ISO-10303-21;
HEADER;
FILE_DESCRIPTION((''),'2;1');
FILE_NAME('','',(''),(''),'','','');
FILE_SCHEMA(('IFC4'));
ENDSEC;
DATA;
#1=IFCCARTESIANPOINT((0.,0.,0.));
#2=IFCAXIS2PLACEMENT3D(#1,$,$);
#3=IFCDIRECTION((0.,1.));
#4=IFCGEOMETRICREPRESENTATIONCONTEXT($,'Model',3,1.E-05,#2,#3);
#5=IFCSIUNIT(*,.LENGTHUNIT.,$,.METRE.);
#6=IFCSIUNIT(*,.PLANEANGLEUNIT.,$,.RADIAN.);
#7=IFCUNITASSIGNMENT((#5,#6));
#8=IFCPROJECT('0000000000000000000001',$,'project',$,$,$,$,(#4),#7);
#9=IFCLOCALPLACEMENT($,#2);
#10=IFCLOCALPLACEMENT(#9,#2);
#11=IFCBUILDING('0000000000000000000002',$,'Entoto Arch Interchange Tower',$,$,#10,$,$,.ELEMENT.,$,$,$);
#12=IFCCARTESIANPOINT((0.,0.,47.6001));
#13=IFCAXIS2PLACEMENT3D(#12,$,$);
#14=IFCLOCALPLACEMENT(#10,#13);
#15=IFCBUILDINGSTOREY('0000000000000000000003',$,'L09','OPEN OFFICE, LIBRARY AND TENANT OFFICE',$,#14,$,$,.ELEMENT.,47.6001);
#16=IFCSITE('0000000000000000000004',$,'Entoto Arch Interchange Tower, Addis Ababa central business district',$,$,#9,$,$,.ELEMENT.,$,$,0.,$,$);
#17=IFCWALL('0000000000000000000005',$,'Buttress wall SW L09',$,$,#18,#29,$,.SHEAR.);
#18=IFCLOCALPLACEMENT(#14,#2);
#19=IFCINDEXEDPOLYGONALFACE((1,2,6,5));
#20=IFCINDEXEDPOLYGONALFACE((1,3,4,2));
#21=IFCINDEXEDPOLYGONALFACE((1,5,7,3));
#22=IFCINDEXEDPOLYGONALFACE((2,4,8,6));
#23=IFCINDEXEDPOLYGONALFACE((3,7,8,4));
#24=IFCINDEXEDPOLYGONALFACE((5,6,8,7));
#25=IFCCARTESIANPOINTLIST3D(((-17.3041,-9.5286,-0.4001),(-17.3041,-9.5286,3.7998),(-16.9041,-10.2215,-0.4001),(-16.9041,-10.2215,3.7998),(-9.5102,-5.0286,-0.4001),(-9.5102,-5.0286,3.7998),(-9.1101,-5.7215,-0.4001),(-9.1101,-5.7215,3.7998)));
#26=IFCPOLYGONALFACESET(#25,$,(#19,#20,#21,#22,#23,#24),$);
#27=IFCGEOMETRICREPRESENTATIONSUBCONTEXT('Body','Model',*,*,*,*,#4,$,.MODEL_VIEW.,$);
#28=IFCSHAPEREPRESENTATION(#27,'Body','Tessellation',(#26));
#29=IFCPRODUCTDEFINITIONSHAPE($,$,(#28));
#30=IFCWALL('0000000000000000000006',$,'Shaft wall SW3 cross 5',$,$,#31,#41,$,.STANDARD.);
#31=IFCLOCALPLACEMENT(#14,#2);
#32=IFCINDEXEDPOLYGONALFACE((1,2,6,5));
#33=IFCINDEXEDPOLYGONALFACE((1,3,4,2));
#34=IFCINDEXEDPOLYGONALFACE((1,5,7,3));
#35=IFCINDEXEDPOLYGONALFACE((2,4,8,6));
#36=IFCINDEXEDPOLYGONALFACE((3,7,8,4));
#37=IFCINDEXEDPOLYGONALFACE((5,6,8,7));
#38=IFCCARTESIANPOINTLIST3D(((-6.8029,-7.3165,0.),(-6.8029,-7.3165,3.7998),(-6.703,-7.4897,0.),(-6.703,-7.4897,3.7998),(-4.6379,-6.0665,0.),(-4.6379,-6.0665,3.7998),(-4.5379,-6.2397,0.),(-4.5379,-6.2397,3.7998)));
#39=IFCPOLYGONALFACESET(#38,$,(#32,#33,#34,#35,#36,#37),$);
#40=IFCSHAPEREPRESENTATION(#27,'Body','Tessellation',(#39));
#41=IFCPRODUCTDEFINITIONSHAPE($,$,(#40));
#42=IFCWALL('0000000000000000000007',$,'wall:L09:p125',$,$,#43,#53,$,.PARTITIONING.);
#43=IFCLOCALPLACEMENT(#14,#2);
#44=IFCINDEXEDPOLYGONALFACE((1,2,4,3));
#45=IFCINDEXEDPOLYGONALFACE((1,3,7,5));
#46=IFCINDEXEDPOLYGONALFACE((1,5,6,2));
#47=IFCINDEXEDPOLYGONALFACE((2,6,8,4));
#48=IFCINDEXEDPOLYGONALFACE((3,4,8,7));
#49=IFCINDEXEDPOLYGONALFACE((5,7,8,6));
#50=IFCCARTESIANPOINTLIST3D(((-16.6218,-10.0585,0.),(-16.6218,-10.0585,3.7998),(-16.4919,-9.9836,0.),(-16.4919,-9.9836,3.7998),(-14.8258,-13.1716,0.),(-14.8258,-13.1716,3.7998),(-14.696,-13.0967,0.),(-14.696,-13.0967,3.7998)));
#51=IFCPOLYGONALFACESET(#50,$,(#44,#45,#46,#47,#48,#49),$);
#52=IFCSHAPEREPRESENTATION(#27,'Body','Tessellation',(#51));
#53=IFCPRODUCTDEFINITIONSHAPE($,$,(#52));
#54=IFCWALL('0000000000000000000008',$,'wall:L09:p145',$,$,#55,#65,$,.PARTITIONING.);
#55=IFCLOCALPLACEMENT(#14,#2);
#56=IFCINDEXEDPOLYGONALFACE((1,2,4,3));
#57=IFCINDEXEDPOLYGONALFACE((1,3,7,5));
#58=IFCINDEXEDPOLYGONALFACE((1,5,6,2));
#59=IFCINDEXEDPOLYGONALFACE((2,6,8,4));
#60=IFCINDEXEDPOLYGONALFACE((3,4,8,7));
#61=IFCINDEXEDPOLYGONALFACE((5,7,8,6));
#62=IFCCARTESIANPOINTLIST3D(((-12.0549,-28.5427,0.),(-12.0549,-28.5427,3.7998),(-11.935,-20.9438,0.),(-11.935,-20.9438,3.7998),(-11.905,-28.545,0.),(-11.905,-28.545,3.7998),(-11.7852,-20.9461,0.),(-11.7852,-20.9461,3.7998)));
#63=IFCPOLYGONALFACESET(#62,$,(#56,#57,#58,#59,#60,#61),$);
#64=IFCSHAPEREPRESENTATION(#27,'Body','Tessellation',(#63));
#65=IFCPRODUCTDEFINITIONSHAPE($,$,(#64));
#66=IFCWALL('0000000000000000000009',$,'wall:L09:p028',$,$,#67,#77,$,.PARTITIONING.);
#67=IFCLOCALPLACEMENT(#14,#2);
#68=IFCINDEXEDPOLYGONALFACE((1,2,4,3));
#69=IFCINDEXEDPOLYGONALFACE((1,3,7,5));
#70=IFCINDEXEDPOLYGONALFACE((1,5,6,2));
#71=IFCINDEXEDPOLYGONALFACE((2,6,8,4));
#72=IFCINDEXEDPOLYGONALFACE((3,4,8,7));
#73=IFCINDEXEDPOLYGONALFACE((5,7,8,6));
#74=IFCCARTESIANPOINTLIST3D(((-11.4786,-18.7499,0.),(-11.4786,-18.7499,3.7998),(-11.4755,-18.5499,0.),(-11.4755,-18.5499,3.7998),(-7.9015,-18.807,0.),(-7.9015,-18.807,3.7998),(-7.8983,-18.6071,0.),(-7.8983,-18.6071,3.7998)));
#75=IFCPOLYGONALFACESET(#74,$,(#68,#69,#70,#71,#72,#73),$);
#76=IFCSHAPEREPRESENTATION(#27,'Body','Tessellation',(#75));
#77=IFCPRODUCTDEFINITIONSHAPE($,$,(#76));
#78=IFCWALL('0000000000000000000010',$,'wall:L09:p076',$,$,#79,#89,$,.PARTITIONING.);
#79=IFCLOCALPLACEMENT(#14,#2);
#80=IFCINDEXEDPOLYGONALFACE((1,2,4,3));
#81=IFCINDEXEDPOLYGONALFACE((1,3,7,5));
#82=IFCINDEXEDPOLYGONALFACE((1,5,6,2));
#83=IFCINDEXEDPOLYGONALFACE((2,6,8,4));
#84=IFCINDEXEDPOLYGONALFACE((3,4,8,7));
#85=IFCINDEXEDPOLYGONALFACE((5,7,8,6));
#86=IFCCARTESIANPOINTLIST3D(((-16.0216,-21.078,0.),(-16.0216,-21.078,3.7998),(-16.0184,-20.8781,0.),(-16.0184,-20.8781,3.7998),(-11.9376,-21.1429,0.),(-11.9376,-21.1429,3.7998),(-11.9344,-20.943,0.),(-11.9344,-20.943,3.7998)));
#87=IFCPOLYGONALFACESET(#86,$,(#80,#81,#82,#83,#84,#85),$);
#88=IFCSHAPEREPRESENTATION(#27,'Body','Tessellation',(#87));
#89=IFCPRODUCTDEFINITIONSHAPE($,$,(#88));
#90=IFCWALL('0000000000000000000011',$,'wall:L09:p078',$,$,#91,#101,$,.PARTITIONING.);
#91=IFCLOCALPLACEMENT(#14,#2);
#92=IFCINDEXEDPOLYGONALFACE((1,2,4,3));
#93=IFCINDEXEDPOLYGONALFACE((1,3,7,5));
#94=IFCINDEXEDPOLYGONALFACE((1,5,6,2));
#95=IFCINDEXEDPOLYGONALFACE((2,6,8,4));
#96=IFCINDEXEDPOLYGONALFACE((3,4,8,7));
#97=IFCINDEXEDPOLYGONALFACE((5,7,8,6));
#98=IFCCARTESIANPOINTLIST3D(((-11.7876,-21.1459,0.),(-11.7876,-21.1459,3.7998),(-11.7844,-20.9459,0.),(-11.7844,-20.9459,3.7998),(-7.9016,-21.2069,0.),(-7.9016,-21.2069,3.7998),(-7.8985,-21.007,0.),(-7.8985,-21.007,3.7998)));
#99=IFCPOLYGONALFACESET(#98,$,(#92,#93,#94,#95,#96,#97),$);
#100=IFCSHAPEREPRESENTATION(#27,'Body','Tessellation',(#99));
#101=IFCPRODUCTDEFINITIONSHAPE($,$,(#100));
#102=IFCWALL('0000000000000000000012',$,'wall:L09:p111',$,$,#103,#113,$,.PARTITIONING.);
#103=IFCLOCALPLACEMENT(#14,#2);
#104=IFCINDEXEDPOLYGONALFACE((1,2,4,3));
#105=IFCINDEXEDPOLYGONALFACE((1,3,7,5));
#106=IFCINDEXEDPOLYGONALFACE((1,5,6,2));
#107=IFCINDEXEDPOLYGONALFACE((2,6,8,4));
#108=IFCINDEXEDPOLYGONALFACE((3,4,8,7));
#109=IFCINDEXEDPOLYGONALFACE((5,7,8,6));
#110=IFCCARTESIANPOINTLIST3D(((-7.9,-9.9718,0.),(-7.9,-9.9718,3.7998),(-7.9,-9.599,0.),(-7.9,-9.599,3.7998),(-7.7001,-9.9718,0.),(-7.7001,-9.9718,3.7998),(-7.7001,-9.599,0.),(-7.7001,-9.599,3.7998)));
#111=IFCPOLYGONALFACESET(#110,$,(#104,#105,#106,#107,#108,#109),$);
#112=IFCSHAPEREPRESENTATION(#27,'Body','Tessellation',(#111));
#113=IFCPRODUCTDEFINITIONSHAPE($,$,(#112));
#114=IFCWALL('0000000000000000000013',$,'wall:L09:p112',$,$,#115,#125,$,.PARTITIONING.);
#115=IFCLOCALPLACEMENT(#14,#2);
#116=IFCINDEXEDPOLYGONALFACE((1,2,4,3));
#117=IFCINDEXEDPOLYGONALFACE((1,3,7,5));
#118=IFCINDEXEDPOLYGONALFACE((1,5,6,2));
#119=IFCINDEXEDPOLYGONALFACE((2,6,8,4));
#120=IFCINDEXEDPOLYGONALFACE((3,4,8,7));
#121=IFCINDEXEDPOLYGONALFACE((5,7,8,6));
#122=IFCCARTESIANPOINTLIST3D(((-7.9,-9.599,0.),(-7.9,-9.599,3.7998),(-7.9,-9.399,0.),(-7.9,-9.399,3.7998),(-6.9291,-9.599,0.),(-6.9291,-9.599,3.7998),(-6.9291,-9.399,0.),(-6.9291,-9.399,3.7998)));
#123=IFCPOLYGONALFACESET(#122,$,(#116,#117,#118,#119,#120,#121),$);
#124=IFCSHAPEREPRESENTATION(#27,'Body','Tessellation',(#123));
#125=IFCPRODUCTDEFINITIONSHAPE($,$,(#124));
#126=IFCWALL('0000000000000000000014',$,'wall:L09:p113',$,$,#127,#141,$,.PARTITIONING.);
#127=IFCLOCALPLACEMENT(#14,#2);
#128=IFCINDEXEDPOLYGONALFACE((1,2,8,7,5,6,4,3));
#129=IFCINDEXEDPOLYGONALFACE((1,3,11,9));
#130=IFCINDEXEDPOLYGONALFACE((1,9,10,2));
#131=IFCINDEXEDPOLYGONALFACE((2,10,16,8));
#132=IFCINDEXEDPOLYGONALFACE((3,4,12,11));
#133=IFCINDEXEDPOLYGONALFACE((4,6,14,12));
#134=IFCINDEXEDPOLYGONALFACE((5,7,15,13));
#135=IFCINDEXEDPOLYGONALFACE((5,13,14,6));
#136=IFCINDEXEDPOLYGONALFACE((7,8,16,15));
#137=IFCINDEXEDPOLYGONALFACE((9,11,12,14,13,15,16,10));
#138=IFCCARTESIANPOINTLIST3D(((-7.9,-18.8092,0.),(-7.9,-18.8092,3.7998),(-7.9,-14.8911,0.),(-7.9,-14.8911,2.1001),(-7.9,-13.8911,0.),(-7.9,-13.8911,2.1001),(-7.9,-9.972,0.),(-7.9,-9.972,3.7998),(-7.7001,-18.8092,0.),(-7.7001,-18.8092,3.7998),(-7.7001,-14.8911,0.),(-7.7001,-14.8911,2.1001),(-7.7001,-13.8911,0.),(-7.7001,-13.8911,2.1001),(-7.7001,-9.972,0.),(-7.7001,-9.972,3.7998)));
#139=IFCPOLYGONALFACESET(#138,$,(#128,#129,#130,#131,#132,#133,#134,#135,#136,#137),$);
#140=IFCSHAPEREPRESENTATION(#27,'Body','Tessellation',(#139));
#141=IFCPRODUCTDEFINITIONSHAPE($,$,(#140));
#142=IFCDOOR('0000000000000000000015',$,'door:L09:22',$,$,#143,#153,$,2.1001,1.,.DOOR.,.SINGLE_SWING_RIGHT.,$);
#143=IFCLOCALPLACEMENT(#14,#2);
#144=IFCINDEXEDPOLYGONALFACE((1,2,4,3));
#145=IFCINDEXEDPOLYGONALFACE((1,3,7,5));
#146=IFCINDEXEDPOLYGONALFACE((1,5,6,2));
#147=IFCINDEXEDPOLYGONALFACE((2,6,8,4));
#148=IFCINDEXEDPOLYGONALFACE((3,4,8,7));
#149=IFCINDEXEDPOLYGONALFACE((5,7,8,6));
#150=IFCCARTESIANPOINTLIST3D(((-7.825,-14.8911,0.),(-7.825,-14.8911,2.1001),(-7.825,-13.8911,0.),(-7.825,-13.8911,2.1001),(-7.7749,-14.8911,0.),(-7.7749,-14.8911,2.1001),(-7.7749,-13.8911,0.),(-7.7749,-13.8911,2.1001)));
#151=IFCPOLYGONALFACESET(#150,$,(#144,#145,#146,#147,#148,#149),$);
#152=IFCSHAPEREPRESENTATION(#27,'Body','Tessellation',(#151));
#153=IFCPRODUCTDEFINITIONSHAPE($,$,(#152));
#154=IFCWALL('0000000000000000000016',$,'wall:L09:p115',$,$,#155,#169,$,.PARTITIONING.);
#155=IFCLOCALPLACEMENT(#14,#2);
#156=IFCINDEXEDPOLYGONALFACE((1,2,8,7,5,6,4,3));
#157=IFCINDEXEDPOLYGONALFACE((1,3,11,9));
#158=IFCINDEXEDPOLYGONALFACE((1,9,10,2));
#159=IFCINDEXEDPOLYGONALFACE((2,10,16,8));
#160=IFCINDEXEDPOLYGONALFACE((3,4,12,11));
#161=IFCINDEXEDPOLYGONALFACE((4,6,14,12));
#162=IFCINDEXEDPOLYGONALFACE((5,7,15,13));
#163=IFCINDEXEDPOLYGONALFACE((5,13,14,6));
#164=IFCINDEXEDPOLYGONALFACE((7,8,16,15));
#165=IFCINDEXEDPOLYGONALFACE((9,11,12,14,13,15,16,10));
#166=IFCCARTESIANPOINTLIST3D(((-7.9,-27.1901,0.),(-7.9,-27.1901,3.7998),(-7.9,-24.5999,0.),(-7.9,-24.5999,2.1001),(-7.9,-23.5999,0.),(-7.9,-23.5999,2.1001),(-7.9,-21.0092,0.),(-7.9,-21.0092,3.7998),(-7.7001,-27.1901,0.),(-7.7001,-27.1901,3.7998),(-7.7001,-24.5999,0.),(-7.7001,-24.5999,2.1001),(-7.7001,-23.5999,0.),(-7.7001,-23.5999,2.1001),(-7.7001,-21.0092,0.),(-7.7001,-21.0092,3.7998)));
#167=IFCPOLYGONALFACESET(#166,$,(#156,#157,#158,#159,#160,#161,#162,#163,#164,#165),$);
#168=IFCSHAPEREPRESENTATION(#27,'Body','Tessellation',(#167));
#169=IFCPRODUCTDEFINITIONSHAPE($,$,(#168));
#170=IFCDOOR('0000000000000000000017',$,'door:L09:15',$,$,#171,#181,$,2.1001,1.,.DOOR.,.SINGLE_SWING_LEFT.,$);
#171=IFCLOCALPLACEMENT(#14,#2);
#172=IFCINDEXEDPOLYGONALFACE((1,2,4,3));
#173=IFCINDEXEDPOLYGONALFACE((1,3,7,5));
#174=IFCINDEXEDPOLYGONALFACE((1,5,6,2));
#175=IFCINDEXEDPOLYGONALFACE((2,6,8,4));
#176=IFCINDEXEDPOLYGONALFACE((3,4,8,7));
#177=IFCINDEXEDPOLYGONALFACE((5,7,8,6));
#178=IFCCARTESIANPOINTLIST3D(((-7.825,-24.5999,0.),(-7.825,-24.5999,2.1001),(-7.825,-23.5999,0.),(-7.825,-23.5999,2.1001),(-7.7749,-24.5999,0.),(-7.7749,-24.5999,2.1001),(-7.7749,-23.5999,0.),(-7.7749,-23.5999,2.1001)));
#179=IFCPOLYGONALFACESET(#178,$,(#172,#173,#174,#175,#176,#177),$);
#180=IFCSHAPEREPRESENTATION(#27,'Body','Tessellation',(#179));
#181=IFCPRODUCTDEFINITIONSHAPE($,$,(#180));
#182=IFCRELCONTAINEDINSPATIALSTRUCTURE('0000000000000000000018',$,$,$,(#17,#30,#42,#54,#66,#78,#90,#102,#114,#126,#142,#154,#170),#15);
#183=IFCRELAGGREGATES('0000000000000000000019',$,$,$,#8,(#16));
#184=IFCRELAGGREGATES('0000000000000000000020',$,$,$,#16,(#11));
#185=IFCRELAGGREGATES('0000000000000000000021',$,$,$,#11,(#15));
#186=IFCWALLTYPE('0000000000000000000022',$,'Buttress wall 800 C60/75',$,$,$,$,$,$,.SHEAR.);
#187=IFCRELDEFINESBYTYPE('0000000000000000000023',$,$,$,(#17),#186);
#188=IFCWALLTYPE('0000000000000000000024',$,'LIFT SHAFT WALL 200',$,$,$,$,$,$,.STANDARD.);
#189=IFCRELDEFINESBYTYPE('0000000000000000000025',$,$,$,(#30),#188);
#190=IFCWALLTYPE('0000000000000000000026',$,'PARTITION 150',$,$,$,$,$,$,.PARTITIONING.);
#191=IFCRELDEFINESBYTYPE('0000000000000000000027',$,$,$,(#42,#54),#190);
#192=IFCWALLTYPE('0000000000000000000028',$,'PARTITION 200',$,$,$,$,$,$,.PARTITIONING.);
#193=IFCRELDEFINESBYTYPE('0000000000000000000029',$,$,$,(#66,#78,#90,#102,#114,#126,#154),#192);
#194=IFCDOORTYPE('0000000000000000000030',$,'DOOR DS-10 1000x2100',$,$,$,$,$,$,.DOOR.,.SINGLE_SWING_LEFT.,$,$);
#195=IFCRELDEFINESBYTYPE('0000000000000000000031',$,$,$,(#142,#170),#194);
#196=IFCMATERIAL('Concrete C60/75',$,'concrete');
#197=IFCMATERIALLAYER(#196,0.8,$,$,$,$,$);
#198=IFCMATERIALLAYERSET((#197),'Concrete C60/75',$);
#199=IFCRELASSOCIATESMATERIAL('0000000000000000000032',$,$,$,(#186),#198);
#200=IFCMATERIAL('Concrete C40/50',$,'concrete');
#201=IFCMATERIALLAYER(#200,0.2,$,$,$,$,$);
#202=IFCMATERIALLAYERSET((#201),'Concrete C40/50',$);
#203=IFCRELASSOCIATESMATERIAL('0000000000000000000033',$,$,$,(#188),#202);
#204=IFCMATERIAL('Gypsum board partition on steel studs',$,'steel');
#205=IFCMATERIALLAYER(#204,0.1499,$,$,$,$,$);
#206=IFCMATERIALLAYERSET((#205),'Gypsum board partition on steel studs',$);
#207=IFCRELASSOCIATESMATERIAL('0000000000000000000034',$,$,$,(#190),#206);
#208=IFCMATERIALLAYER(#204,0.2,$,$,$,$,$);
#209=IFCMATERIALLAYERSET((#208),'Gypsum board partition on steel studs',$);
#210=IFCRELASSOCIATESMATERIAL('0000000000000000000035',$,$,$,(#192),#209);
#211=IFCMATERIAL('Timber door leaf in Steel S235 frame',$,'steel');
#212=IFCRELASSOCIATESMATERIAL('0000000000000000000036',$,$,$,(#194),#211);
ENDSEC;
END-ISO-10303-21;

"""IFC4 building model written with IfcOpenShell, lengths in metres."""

from ifc_helpers import new_model, si_unit, direction, frame, frame_2d, origin, place, context, subcontext, project, spatial, rectangle, extrude, material, layer, layer_set, type_object, element, fill, save


model = new_model("IFC4")

# Units and contexts
model_context = context("Model", 3, precision=1e-05, world=origin(), true_north=direction((0.0, 1.0)))
body_context = subcontext(model_context, "Body", "Model", "MODEL_VIEW")
ifc_project = project(units=[si_unit("LENGTHUNIT", "METRE"), si_unit("PLANEANGLEUNIT", "RADIAN")], contexts=[model_context])

# Site, building, storey
site_placement = place(None, origin())
site = spatial("IfcSite", under=ifc_project, at=site_placement, Name="Entoto Arch Interchange Tower, Addis Ababa central business district", CompositionType="ELEMENT", RefElevation=0.0)
building_placement = place(site_placement, origin())
building = spatial("IfcBuilding", under=site, at=building_placement, Name="Entoto Arch Interchange Tower", CompositionType="ELEMENT")
storey_placement = place(building_placement, frame((0.0, 0.0, 47.6001)))
storey = spatial("IfcBuildingStorey", under=building, at=storey_placement, Name="L09", Description="OPEN OFFICE, LIBRARY AND TENANT OFFICE", CompositionType="ELEMENT", Elevation=47.6001)

# Shared definitions
ifc_material_1 = material(Name="Concrete C60/75", Category="concrete")

# Walls
ifc_layer_1 = layer(ifc_material_1, 0.8)
ifc_layer_set_1 = layer_set([ifc_layer_1], Name="Concrete C60/75")
wall_type_1 = type_object("IfcWallType", Name="Buttress wall 800 C60/75", PredefinedType="SHEAR", material=ifc_layer_set_1)
wall_1_placement = place(storey_placement, frame((-9.3101, -5.375, -0.4001), z_axis=(0.0, 0.0, 1.0), x_axis=(-0.866018, -0.500014, 0.0)))
element("IfcWall", 1, at=wall_1_placement, inside=storey, type_object=wall_type_1, Name="Buttress wall SW L09", PredefinedType="SHEAR", context=body_context, shape_type="SweptSolid", body=[
    extrude(rectangle(XDim=8.9998, YDim=0.8, at=frame_2d((4.5, 0.0))), origin(), (0.0, 0.0, 1.0), 4.2),
])
ifc_material_2 = material(Name="Concrete C40/50", Category="concrete")
ifc_layer_2 = layer(ifc_material_2, 0.2)
ifc_layer_set_2 = layer_set([ifc_layer_2], Name="Concrete C40/50")
wall_type_2 = type_object("IfcWallType", Name="LIFT SHAFT WALL 200", PredefinedType="STANDARD", material=ifc_layer_set_2)
wall_2_placement = place(storey_placement, frame((-4.5879, -6.1531, 0.0), z_axis=(0.0, 0.0, 1.0), x_axis=(-0.866023, -0.500004, 0.0)))
element("IfcWall", 2, at=wall_2_placement, inside=storey, type_object=wall_type_2, Name="Shaft wall SW3 cross 5", PredefinedType="STANDARD", context=body_context, shape_type="SweptSolid", body=[
    extrude(rectangle(XDim=2.5, YDim=0.2, at=frame_2d((1.25, 0.0))), origin(), (0.0, 0.0, 1.0), 3.7998),
])
ifc_material_3 = material(Name="Gypsum board partition on steel studs", Category="steel")
ifc_layer_3 = layer(ifc_material_3, 0.1499)
ifc_layer_set_3 = layer_set([ifc_layer_3], Name="Gypsum board partition on steel studs")
wall_type_3 = type_object("IfcWallType", Name="PARTITION 150", PredefinedType="PARTITIONING", material=ifc_layer_set_3)
wall_3_placement = place(storey_placement, frame((-14.761, -13.134, 0.0), z_axis=(0.0, 0.0, 1.0), x_axis=(-0.499705, 0.866196, 0.0)))
element("IfcWall", 3, at=wall_3_placement, inside=storey, type_object=wall_type_3, Name="wall:L09:p125", PredefinedType="PARTITIONING", context=body_context, shape_type="SweptSolid", body=[
    extrude(rectangle(XDim=3.594, YDim=0.1499, at=frame_2d((1.7969, 0.0))), origin(), (0.0, 0.0, 1.0), 3.7998),
])
wall_4_placement = place(storey_placement, frame((-11.8601, -20.9451, 0.0), z_axis=(0.0, 0.0, 1.0), x_axis=(-0.015773, -0.999876, 0.0)))
element("IfcWall", 4, at=wall_4_placement, inside=storey, type_object=wall_type_3, Name="wall:L09:p145", PredefinedType="PARTITIONING", context=body_context, shape_type="SweptSolid", body=[
    extrude(rectangle(XDim=7.5999, YDim=0.1499, at=frame_2d((3.7998, 0.0))), origin(), (0.0, 0.0, 1.0), 3.7998),
])
ifc_layer_4 = layer(ifc_material_3, 0.2)
ifc_layer_set_4 = layer_set([ifc_layer_4], Name="Gypsum board partition on steel studs")
wall_type_4 = type_object("IfcWallType", Name="PARTITION 200", PredefinedType="PARTITIONING", material=ifc_layer_set_4)
wall_5_placement = place(storey_placement, frame((-11.4771, -18.6499, 0.0), z_axis=(0.0, 0.0, 1.0), x_axis=(0.999872, -0.015968, 0.0)))
element("IfcWall", 5, at=wall_5_placement, inside=storey, type_object=wall_type_4, Name="wall:L09:p028", PredefinedType="PARTITIONING", context=body_context, shape_type="SweptSolid", body=[
    extrude(rectangle(XDim=3.5776, YDim=0.2, at=frame_2d((1.7888, 0.0))), origin(), (0.0, 0.0, 1.0), 3.7998),
])
wall_6_placement = place(storey_placement, frame((-11.936, -21.043, 0.0), z_axis=(0.0, 0.0, 1.0), x_axis=(-0.999874, 0.015899, 0.0)))
element("IfcWall", 6, at=wall_6_placement, inside=storey, type_object=wall_type_4, Name="wall:L09:p076", PredefinedType="PARTITIONING", context=body_context, shape_type="SweptSolid", body=[
    extrude(rectangle(XDim=4.0845, YDim=0.2, at=frame_2d((2.0422, 0.0))), origin(), (0.0, 0.0, 1.0), 3.7998),
])
wall_7_placement = place(storey_placement, frame((-7.8999, -21.1069, 0.0), z_axis=(0.0, 0.0, 1.0), x_axis=(-0.999877, 0.015705, 0.0)))
element("IfcWall", 7, at=wall_7_placement, inside=storey, type_object=wall_type_4, Name="wall:L09:p078", PredefinedType="PARTITIONING", context=body_context, shape_type="SweptSolid", body=[
    extrude(rectangle(XDim=3.8865, YDim=0.2, at=frame_2d((1.9434, 0.0))), origin(), (0.0, 0.0, 1.0), 3.7998),
])
wall_8_placement = place(storey_placement, frame((-7.8, -9.9719, 0.0), z_axis=(0.0, 0.0, 1.0), x_axis=(0.0, 1.0, 0.0)))
element("IfcWall", 8, at=wall_8_placement, inside=storey, type_object=wall_type_4, Name="wall:L09:p111", PredefinedType="PARTITIONING", context=body_context, shape_type="SweptSolid", body=[
    extrude(rectangle(XDim=0.3728, YDim=0.2, at=frame_2d((0.1865, 0.0))), origin(), (0.0, 0.0, 1.0), 3.7998),
])
wall_9_placement = place(storey_placement, frame((-7.8999, -9.499, 0.0), z_axis=(0.0, 0.0, 1.0), x_axis=(1.0, 0.0, 0.0)))
element("IfcWall", 9, at=wall_9_placement, inside=storey, type_object=wall_type_4, Name="wall:L09:p112", PredefinedType="PARTITIONING", context=body_context, shape_type="SweptSolid", body=[
    extrude(rectangle(XDim=0.9709, YDim=0.2, at=frame_2d((0.4854, 0.0))), origin(), (0.0, 0.0, 1.0), 3.7998),
])

# Walls, openings, doors
wall_10_placement = place(storey_placement, frame((-7.8, -18.8091, 0.0), z_axis=(0.0, 0.0, 1.0), x_axis=(0.0, 1.0, 0.0)))
wall_10 = element("IfcWall", 10, at=wall_10_placement, inside=storey, type_object=wall_type_4, Name="wall:L09:p113", PredefinedType="PARTITIONING", context=body_context, shape_type="SweptSolid", body=[
    extrude(rectangle(XDim=8.8372, YDim=0.2, at=frame_2d((4.4185, 0.0))), origin(), (0.0, 0.0, 1.0), 3.7998),
])
opening_1_placement = place(wall_10_placement, frame((3.918, 0.0, 0.0)))
opening_1 = element("IfcOpeningElement", 11, at=opening_1_placement, cuts=wall_10, PredefinedType="OPENING", context=body_context, shape_type="SweptSolid", body=[
    extrude(rectangle(XDim=1.0, YDim=2.1001, at=frame_2d((0.5, 1.05))), frame((0.0, 0.1099, 0.0), z_axis=(0.0, -1.0, 0.0), x_axis=(1.0, 0.0, 0.0)), (0.0, 0.0, 1.0), 0.22),
])
ifc_material_4 = material(Name="Timber door leaf in Steel S235 frame", Category="steel")
door_type = type_object("IfcDoorType", Name="DOOR DS-10 1000x2100", OperationType="SINGLE_SWING_LEFT", PredefinedType="DOOR", material=ifc_material_4)
door_1_placement = place(opening_1_placement, origin())
door_1 = element("IfcDoor", 12, at=door_1_placement, inside=storey, type_object=door_type, Name="door:L09:22", OperationType="SINGLE_SWING_RIGHT", OverallHeight=2.1001, OverallWidth=1.0, PredefinedType="DOOR", context=body_context, shape_type="SweptSolid", body=[
    extrude(rectangle(XDim=1.0, YDim=2.1001, at=frame_2d((0.5, 1.05))), frame((0.0, 0.0249, 0.0), z_axis=(0.0, -1.0, 0.0), x_axis=(1.0, 0.0, 0.0)), (0.0, 0.0, 1.0), 0.05),
])
fill(opening_1, door_1)
wall_11_placement = place(storey_placement, frame((-7.8, -27.1899, 0.0), z_axis=(0.0, 0.0, 1.0), x_axis=(0.0, 1.0, 0.0)))
wall_11 = element("IfcWall", 13, at=wall_11_placement, inside=storey, type_object=wall_type_4, Name="wall:L09:p115", PredefinedType="PARTITIONING", context=body_context, shape_type="SweptSolid", body=[
    extrude(rectangle(XDim=6.1809, YDim=0.2, at=frame_2d((3.0903, 0.0))), origin(), (0.0, 0.0, 1.0), 3.7998),
])
opening_2_placement = place(wall_11_placement, frame((2.5901, 0.0, 0.0)))
opening_2 = element("IfcOpeningElement", 14, at=opening_2_placement, cuts=wall_11, PredefinedType="OPENING", context=body_context, shape_type="SweptSolid", body=[
    extrude(rectangle(XDim=1.0, YDim=2.1001, at=frame_2d((0.5, 1.05))), frame((0.0, 0.1099, 0.0), z_axis=(0.0, -1.0, 0.0), x_axis=(1.0, 0.0, 0.0)), (0.0, 0.0, 1.0), 0.22),
])
door_2_placement = place(opening_2_placement, origin())
door_2 = element("IfcDoor", 15, at=door_2_placement, inside=storey, type_object=door_type, Name="door:L09:15", OperationType="SINGLE_SWING_LEFT", OverallHeight=2.1001, OverallWidth=1.0, PredefinedType="DOOR", context=body_context, shape_type="SweptSolid", body=[
    extrude(rectangle(XDim=1.0, YDim=2.1001, at=frame_2d((0.5, 1.05))), frame((0.0, 0.0249, 0.0), z_axis=(0.0, -1.0, 0.0), x_axis=(1.0, 0.0, 0.0)), (0.0, 0.0, 1.0), 0.05),
])
fill(opening_2, door_2)

save(model, "model.ifc")
